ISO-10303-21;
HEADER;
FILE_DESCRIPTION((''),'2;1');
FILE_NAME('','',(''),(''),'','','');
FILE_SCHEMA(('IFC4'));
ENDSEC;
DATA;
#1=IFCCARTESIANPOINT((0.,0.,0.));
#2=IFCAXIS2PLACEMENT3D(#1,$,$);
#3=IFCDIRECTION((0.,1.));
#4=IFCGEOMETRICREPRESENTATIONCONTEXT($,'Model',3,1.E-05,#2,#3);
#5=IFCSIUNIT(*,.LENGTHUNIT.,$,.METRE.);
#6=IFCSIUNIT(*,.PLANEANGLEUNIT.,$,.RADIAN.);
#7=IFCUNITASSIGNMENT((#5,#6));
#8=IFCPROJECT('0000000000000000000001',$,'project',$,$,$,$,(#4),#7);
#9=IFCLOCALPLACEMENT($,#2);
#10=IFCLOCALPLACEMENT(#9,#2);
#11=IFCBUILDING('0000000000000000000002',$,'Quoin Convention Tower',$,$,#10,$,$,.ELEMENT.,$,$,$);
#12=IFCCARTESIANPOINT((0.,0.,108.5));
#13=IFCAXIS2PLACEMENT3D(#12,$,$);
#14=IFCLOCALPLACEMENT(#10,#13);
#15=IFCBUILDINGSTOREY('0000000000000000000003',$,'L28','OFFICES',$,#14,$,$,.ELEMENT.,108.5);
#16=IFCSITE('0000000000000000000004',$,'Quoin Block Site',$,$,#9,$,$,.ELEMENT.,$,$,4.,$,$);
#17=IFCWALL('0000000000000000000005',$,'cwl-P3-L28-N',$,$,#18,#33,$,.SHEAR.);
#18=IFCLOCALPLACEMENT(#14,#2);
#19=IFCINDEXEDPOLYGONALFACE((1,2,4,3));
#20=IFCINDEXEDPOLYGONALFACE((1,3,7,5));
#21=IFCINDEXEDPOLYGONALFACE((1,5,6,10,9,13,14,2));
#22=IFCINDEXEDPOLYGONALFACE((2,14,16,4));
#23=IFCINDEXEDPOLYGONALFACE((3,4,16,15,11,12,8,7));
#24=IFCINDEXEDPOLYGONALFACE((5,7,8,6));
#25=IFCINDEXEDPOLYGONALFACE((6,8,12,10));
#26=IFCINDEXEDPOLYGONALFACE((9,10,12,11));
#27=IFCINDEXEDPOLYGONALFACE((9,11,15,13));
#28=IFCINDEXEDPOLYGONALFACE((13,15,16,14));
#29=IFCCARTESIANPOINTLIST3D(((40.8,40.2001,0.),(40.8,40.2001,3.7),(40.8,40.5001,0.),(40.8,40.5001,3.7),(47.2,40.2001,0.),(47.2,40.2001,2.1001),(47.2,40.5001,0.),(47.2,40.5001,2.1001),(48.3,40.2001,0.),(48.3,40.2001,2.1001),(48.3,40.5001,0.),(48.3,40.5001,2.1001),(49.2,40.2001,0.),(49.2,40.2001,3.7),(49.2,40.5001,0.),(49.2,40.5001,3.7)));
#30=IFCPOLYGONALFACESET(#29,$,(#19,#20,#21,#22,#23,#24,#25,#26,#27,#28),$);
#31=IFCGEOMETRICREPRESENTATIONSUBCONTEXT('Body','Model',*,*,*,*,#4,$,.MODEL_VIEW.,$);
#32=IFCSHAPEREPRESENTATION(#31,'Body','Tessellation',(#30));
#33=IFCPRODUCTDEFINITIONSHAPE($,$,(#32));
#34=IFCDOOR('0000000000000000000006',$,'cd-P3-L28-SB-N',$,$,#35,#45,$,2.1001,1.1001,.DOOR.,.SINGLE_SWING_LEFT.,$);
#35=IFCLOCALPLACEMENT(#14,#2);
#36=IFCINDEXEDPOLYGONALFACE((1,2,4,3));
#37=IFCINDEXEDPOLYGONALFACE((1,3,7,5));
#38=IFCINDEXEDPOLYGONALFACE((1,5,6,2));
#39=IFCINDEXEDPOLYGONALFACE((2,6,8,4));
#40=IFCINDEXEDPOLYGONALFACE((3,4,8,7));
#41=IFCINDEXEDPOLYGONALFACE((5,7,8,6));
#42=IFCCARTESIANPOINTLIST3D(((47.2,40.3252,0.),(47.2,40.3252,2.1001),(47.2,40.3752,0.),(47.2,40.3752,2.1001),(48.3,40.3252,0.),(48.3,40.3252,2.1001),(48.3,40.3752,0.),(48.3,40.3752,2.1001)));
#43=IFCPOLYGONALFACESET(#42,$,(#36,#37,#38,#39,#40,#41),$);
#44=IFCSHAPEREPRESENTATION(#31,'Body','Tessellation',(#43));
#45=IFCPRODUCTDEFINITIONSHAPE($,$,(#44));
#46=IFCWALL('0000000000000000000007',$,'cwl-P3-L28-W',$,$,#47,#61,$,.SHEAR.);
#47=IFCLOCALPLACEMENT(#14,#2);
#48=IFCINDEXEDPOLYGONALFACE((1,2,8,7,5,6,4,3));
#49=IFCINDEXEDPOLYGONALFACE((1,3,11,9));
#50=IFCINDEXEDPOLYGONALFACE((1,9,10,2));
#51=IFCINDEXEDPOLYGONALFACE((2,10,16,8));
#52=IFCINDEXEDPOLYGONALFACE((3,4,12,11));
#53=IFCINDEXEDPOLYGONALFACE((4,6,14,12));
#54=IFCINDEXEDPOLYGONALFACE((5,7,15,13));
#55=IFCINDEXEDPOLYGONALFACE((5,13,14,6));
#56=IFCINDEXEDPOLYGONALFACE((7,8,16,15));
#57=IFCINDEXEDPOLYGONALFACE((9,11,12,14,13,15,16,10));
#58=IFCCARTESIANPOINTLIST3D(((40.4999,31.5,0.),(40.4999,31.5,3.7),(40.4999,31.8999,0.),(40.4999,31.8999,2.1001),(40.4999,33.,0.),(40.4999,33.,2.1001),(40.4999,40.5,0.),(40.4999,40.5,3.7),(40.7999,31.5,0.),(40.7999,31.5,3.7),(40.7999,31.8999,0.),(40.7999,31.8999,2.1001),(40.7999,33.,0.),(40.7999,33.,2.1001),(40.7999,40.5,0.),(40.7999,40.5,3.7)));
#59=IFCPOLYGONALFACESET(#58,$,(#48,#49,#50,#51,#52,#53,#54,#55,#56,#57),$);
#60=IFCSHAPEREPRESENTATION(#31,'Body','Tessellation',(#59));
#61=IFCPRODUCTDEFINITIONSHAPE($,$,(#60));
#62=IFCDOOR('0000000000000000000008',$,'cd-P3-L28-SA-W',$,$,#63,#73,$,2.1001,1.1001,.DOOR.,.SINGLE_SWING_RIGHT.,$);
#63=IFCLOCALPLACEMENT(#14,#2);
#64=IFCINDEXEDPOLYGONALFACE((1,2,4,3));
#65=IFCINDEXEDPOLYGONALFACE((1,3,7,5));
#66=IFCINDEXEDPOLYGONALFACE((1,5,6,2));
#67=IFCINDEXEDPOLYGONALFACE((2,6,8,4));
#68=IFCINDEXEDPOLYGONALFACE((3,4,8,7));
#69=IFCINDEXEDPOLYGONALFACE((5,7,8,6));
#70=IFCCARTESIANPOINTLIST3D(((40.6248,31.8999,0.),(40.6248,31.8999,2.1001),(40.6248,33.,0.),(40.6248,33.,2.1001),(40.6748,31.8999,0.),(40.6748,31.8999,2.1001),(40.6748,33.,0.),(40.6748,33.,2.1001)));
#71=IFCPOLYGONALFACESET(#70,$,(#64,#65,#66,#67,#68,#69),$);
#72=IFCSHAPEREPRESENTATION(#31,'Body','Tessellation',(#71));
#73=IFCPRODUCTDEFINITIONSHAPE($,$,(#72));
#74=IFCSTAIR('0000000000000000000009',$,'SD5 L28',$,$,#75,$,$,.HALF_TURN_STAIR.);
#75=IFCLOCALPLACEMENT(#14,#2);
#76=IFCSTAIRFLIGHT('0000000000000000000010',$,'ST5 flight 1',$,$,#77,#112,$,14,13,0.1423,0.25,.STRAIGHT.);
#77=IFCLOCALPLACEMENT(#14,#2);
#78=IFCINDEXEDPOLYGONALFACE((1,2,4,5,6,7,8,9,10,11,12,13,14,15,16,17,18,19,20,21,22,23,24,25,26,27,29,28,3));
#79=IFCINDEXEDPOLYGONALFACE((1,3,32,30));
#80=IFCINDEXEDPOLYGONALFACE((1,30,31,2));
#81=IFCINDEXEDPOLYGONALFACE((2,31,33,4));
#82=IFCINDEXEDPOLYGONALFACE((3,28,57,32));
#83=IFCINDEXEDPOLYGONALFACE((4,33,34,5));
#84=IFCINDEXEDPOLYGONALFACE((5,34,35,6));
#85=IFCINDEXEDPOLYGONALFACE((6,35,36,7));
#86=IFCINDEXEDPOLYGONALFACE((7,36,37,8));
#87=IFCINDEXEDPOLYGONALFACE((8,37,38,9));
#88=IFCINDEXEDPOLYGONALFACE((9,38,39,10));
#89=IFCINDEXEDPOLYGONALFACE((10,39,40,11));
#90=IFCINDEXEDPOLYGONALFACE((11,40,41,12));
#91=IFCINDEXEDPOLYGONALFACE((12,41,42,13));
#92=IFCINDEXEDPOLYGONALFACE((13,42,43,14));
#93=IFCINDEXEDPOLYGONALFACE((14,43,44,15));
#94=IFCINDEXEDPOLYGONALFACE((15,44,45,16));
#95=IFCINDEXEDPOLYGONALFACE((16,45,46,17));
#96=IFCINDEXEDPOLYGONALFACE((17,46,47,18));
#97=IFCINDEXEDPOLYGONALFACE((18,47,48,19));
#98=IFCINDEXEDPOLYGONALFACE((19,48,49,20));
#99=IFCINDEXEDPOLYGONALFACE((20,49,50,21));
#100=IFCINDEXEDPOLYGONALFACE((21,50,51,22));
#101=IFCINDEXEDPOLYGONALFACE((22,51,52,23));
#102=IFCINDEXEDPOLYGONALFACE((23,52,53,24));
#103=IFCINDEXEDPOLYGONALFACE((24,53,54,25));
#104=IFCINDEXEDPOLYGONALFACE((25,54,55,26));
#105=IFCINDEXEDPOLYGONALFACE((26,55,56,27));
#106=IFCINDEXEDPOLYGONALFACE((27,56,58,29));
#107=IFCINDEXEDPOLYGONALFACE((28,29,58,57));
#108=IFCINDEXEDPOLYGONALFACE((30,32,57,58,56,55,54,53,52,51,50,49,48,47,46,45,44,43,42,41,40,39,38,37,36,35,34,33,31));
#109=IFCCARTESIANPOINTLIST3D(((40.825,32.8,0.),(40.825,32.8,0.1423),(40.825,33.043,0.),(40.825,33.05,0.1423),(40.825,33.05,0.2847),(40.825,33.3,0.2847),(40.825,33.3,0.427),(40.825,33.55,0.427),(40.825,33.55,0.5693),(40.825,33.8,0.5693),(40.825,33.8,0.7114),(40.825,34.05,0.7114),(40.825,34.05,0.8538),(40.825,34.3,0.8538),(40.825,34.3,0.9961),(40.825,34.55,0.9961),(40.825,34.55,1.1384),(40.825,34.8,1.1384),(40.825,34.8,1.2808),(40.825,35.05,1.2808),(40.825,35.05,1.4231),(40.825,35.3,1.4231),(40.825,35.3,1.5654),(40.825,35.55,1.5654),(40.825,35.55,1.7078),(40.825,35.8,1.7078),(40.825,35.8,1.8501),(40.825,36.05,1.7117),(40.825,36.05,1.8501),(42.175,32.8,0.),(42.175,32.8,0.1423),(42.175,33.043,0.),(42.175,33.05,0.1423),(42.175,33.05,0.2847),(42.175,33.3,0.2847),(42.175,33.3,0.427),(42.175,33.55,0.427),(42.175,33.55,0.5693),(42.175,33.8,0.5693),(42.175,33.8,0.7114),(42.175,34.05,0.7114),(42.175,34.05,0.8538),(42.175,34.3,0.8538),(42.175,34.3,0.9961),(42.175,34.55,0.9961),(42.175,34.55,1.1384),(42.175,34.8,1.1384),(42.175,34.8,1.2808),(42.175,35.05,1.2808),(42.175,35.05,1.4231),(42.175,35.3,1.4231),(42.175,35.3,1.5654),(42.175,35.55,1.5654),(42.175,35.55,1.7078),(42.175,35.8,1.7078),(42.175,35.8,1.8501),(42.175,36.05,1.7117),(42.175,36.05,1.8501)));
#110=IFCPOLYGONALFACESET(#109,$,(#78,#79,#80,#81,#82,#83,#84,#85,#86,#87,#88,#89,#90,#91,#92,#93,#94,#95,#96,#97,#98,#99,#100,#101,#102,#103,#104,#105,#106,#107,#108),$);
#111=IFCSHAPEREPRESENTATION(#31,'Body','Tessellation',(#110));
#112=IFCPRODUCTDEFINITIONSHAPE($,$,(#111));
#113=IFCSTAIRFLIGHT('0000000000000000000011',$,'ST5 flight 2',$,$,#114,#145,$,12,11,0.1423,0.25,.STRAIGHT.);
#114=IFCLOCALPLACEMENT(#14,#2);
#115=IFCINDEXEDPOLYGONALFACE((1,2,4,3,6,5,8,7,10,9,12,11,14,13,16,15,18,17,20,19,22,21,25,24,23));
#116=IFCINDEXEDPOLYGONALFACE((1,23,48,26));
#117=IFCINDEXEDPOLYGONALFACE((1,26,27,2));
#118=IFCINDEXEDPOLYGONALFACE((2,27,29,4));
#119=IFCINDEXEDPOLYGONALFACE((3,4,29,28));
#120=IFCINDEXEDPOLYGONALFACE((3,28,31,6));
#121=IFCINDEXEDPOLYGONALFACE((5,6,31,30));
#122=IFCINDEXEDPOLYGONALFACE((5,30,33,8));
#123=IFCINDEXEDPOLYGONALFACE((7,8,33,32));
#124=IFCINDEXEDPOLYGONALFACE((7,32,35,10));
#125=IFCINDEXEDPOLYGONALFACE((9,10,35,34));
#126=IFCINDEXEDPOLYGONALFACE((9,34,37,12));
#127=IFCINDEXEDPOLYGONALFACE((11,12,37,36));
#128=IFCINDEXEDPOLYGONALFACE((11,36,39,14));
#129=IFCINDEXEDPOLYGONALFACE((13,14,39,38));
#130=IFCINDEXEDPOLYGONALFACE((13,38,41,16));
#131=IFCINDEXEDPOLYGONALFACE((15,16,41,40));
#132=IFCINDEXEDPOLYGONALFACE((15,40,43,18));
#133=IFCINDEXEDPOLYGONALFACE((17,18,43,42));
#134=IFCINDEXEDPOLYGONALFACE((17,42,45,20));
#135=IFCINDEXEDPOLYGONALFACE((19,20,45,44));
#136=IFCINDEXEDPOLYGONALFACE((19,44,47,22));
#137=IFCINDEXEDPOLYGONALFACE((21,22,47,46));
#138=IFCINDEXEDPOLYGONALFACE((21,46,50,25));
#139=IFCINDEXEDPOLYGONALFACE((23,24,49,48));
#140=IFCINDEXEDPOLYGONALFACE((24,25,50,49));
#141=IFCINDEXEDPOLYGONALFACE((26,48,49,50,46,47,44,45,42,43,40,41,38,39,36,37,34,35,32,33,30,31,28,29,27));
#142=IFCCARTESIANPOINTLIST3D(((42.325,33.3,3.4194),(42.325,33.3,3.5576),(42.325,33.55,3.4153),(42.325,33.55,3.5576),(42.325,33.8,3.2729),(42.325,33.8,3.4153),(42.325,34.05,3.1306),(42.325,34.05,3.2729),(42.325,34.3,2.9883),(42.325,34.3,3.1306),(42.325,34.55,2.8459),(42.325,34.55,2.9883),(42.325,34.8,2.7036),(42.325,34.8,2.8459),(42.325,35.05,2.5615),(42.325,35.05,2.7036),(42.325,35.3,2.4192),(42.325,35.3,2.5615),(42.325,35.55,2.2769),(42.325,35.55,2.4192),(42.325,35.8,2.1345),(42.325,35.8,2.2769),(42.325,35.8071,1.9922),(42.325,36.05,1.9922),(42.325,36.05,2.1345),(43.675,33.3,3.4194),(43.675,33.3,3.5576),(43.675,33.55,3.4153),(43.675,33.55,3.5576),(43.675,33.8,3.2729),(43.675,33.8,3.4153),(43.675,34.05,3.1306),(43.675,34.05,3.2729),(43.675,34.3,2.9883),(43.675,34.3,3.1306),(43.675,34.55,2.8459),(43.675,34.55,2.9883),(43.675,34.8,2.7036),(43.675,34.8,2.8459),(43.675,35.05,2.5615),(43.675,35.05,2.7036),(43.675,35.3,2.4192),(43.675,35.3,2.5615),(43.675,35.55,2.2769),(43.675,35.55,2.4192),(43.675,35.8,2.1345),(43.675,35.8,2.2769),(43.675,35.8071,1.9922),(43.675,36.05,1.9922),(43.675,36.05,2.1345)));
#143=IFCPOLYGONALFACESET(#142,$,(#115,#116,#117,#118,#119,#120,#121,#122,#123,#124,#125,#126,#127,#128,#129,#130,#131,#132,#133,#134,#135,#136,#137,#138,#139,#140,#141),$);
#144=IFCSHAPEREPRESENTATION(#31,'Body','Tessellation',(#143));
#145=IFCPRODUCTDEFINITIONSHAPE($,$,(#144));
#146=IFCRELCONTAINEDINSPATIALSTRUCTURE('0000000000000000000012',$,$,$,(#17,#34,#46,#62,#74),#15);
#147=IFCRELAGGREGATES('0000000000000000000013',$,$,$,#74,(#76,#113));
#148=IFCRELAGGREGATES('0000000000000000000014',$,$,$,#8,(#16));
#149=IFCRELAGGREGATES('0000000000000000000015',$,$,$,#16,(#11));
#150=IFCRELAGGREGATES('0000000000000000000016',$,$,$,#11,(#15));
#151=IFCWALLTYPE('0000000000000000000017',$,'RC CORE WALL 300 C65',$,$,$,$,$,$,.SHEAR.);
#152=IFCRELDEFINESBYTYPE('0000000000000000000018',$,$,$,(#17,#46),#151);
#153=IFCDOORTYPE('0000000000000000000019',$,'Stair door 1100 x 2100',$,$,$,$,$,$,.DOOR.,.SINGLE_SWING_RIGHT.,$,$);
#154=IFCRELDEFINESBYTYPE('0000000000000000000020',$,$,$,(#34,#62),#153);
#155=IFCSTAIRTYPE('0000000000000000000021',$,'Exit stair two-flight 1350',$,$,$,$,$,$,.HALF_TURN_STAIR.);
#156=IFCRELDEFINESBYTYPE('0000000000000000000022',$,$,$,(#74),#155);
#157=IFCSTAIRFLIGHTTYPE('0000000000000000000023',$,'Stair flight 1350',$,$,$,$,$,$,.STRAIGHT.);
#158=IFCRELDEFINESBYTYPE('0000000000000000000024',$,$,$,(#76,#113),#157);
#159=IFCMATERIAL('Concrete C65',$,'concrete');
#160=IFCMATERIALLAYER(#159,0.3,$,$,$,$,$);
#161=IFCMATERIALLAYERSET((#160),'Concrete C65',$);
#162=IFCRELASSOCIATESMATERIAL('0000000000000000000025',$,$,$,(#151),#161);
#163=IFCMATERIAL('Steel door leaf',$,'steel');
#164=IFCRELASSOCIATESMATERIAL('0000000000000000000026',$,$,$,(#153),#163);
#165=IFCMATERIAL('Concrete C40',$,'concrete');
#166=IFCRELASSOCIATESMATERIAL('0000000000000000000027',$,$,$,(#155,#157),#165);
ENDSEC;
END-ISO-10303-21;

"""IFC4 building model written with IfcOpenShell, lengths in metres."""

from ifc_helpers import new_model, si_unit, direction, frame, frame_2d, origin, place, context, subcontext, project, spatial, polyline, rectangle, outline, extrude, material, layer, layer_set, type_object, element, fill, aggregate, save


model = new_model("IFC4")

# Units and contexts
model_context = context("Model", 3, precision=1e-05, world=origin(), true_north=direction((0.0, 1.0)))
body_context = subcontext(model_context, "Body", "Model", "MODEL_VIEW")
ifc_project = project(units=[si_unit("LENGTHUNIT", "METRE"), si_unit("PLANEANGLEUNIT", "RADIAN")], contexts=[model_context])

# Site, building, storey
site_placement = place(None, origin())
site = spatial("IfcSite", under=ifc_project, at=site_placement, Name="Quoin Block Site", CompositionType="ELEMENT", RefElevation=4.0)
building_placement = place(site_placement, origin())
building = spatial("IfcBuilding", under=site, at=building_placement, Name="Quoin Convention Tower", CompositionType="ELEMENT")
storey_placement = place(building_placement, frame((0.0, 0.0, 108.5)))
storey = spatial("IfcBuildingStorey", under=building, at=storey_placement, Name="L28", Description="OFFICES", CompositionType="ELEMENT", Elevation=108.5)

# Shared definitions
ifc_material_1 = material(Name="Concrete C65", Category="concrete")

# Walls, openings, doors
ifc_layer_1 = layer(ifc_material_1, 0.3)
ifc_layer_set_1 = layer_set([ifc_layer_1], Name="Concrete C65")
wall_type_1 = type_object("IfcWallType", Name="RC CORE WALL 300 C65", PredefinedType="SHEAR", material=ifc_layer_set_1)
ifc_material_2 = material(Name="Steel door leaf", Category="steel")
wall_1_placement = place(storey_placement, frame((40.8, 40.3501, 0.0), z_axis=(0.0, 0.0, 1.0), x_axis=(1.0, 0.0, 0.0)))
wall_1 = element("IfcWall", 1, at=wall_1_placement, inside=storey, type_object=wall_type_1, Name="cwl-P3-L28-N", PredefinedType="SHEAR", context=body_context, shape_type="SweptSolid", body=[
    extrude(rectangle(XDim=8.3999, YDim=0.3, at=frame_2d((4.2, 0.0))), origin(), (0.0, 0.0, 1.0), 3.7),
])
opening_1_placement = place(wall_1_placement, frame((6.3999, 0.0, 0.0)))
opening_1 = element("IfcOpeningElement", 2, at=opening_1_placement, cuts=wall_1, PredefinedType="OPENING", context=body_context, shape_type="SweptSolid", body=[
    extrude(rectangle(XDim=1.1001, YDim=2.1001, at=frame_2d((0.55, 1.05))), frame((0.0, 0.1599, 0.0), z_axis=(0.0, -1.0, 0.0), x_axis=(1.0, 0.0, 0.0)), (0.0, 0.0, 1.0), 0.3201),
])
door_type_1 = type_object("IfcDoorType", Name="Stair door 1100 x 2100", OperationType="SINGLE_SWING_RIGHT", PredefinedType="DOOR", material=ifc_material_2)
door_1_placement = place(opening_1_placement, frame((1.1001, 0.0, 0.0), z_axis=(0.0, 0.0, 1.0), x_axis=(-1.0, 0.0, 0.0)))
door_1 = element("IfcDoor", 3, at=door_1_placement, inside=storey, type_object=door_type_1, Name="cd-P3-L28-SB-N", OperationType="SINGLE_SWING_LEFT", OverallHeight=2.1001, OverallWidth=1.1001, PredefinedType="DOOR", context=body_context, shape_type="SweptSolid", body=[
    extrude(rectangle(XDim=1.1001, YDim=2.1001, at=frame_2d((0.55, 1.05))), frame((0.0, 0.0249, 0.0), z_axis=(0.0, -1.0, 0.0), x_axis=(1.0, 0.0, 0.0)), (0.0, 0.0, 1.0), 0.05),
])
fill(opening_1, door_1)
wall_2_placement = place(storey_placement, frame((40.6499, 31.5, 0.0), z_axis=(0.0, 0.0, 1.0), x_axis=(0.0, 1.0, 0.0)))
wall_2 = element("IfcWall", 4, at=wall_2_placement, inside=storey, type_object=wall_type_1, Name="cwl-P3-L28-W", PredefinedType="SHEAR", context=body_context, shape_type="SweptSolid", body=[
    extrude(rectangle(XDim=9.0, YDim=0.3, at=frame_2d((4.5, 0.0))), origin(), (0.0, 0.0, 1.0), 3.7),
])
opening_2_placement = place(wall_2_placement, frame((0.3999, 0.0, 0.0)))
opening_2 = element("IfcOpeningElement", 5, at=opening_2_placement, cuts=wall_2, PredefinedType="OPENING", context=body_context, shape_type="SweptSolid", body=[
    extrude(rectangle(XDim=1.1001, YDim=2.1001, at=frame_2d((0.55, 1.05))), frame((0.0, 0.1599, 0.0), z_axis=(0.0, -1.0, 0.0), x_axis=(1.0, 0.0, 0.0)), (0.0, 0.0, 1.0), 0.3201),
])
door_2_placement = place(opening_2_placement, frame((1.1001, 0.0, 0.0), z_axis=(0.0, 0.0, 1.0), x_axis=(-1.0, 0.0, 0.0)))
door_2 = element("IfcDoor", 6, at=door_2_placement, inside=storey, type_object=door_type_1, Name="cd-P3-L28-SA-W", OperationType="SINGLE_SWING_RIGHT", OverallHeight=2.1001, OverallWidth=1.1001, PredefinedType="DOOR", context=body_context, shape_type="SweptSolid", body=[
    extrude(rectangle(XDim=1.1001, YDim=2.1001, at=frame_2d((0.55, 1.05))), frame((0.0, 0.0249, 0.0), z_axis=(0.0, -1.0, 0.0), x_axis=(1.0, 0.0, 0.0)), (0.0, 0.0, 1.0), 0.05),
])
fill(opening_2, door_2)

# Stair, stair flights
ifc_material_3 = material(Name="Concrete C40", Category="concrete")
stair_type = type_object("IfcStairType", Name="Exit stair two-flight 1350", PredefinedType="HALF_TURN_STAIR", material=ifc_material_3)
stair_placement = place(storey_placement, origin())
stair = element("IfcStair", 7, at=stair_placement, inside=storey, type_object=stair_type, Name="SD5 L28", PredefinedType="HALF_TURN_STAIR")
stair_flight_type = type_object("IfcStairFlightType", Name="Stair flight 1350", PredefinedType="STRAIGHT", material=ifc_material_3)
stair_flight_1_placement = place(storey_placement, frame((41.5, 32.8, 0.0), z_axis=(0.0, 0.0, 1.0), x_axis=(0.0, 1.0, 0.0)))
stair_flight_1 = element("IfcStairFlight", 8, at=stair_flight_1_placement, type_object=stair_flight_type, Name="ST5 flight 1", NumberOfRisers=14, NumberOfTreads=13, PredefinedType="STRAIGHT", RiserHeight=0.1423, TreadLength=0.25, context=body_context, shape_type="SweptSolid", body=[
    extrude(outline(polyline([(0.0, 0.0), (0.0, 0.1423), (0.25, 0.1423), (0.25, 0.2847), (0.5, 0.2847), (0.5, 0.427), (0.75, 0.427), (0.75, 0.5693), (1.0, 0.5693), (1.0, 0.7114), (1.25, 0.7114), (1.25, 0.8538), (1.5, 0.8538), (1.5, 0.9961), (1.75, 0.9961), (1.75, 1.1384), (2.0, 1.1384), (2.0, 1.2808), (2.25, 1.2808), (2.25, 1.4231), (2.5, 1.4231), (2.5, 1.5654), (2.75, 1.5654), (2.75, 1.7078), (3.0, 1.7078), (3.0, 1.8501), (3.25, 1.8501), (3.25, 1.9922), (3.25, 1.7117), (0.2429, 0.0), (0.0, 0.0)])), frame((0.0, 0.675, 0.0), z_axis=(0.0, -1.0, 0.0), x_axis=(1.0, 0.0, 0.0)), (0.0, 0.0, 1.0), 1.3501),
])
stair_flight_2_placement = place(storey_placement, frame((43.0, 36.05, 1.9922), z_axis=(0.0, 0.0, 1.0), x_axis=(0.0, -1.0, 0.0)))
stair_flight_2 = element("IfcStairFlight", 9, at=stair_flight_2_placement, type_object=stair_flight_type, Name="ST5 flight 2", NumberOfRisers=12, NumberOfTreads=11, PredefinedType="STRAIGHT", RiserHeight=0.1423, TreadLength=0.25, context=body_context, shape_type="SweptSolid", body=[
    extrude(outline(polyline([(0.0, 0.0), (0.0, 0.1423), (0.25, 0.1423), (0.25, 0.2847), (0.5, 0.2847), (0.5, 0.427), (0.75, 0.427), (0.75, 0.5693), (1.0, 0.5693), (1.0, 0.7114), (1.25, 0.7114), (1.25, 0.8538), (1.5, 0.8538), (1.5, 0.9961), (1.75, 0.9961), (1.75, 1.1384), (2.0, 1.1384), (2.0, 1.2808), (2.25, 1.2808), (2.25, 1.4231), (2.5, 1.4231), (2.5, 1.5654), (2.75, 1.5654), (2.75, 1.7078), (2.75, 1.4272), (0.2429, 0.0), (0.0, 0.0)])), frame((0.0, 0.675, 0.0), z_axis=(0.0, -1.0, 0.0), x_axis=(1.0, 0.0, 0.0)), (0.0, 0.0, 1.0), 1.3501),
])
aggregate(stair, [stair_flight_1, stair_flight_2])

save(model, "model.ifc")
